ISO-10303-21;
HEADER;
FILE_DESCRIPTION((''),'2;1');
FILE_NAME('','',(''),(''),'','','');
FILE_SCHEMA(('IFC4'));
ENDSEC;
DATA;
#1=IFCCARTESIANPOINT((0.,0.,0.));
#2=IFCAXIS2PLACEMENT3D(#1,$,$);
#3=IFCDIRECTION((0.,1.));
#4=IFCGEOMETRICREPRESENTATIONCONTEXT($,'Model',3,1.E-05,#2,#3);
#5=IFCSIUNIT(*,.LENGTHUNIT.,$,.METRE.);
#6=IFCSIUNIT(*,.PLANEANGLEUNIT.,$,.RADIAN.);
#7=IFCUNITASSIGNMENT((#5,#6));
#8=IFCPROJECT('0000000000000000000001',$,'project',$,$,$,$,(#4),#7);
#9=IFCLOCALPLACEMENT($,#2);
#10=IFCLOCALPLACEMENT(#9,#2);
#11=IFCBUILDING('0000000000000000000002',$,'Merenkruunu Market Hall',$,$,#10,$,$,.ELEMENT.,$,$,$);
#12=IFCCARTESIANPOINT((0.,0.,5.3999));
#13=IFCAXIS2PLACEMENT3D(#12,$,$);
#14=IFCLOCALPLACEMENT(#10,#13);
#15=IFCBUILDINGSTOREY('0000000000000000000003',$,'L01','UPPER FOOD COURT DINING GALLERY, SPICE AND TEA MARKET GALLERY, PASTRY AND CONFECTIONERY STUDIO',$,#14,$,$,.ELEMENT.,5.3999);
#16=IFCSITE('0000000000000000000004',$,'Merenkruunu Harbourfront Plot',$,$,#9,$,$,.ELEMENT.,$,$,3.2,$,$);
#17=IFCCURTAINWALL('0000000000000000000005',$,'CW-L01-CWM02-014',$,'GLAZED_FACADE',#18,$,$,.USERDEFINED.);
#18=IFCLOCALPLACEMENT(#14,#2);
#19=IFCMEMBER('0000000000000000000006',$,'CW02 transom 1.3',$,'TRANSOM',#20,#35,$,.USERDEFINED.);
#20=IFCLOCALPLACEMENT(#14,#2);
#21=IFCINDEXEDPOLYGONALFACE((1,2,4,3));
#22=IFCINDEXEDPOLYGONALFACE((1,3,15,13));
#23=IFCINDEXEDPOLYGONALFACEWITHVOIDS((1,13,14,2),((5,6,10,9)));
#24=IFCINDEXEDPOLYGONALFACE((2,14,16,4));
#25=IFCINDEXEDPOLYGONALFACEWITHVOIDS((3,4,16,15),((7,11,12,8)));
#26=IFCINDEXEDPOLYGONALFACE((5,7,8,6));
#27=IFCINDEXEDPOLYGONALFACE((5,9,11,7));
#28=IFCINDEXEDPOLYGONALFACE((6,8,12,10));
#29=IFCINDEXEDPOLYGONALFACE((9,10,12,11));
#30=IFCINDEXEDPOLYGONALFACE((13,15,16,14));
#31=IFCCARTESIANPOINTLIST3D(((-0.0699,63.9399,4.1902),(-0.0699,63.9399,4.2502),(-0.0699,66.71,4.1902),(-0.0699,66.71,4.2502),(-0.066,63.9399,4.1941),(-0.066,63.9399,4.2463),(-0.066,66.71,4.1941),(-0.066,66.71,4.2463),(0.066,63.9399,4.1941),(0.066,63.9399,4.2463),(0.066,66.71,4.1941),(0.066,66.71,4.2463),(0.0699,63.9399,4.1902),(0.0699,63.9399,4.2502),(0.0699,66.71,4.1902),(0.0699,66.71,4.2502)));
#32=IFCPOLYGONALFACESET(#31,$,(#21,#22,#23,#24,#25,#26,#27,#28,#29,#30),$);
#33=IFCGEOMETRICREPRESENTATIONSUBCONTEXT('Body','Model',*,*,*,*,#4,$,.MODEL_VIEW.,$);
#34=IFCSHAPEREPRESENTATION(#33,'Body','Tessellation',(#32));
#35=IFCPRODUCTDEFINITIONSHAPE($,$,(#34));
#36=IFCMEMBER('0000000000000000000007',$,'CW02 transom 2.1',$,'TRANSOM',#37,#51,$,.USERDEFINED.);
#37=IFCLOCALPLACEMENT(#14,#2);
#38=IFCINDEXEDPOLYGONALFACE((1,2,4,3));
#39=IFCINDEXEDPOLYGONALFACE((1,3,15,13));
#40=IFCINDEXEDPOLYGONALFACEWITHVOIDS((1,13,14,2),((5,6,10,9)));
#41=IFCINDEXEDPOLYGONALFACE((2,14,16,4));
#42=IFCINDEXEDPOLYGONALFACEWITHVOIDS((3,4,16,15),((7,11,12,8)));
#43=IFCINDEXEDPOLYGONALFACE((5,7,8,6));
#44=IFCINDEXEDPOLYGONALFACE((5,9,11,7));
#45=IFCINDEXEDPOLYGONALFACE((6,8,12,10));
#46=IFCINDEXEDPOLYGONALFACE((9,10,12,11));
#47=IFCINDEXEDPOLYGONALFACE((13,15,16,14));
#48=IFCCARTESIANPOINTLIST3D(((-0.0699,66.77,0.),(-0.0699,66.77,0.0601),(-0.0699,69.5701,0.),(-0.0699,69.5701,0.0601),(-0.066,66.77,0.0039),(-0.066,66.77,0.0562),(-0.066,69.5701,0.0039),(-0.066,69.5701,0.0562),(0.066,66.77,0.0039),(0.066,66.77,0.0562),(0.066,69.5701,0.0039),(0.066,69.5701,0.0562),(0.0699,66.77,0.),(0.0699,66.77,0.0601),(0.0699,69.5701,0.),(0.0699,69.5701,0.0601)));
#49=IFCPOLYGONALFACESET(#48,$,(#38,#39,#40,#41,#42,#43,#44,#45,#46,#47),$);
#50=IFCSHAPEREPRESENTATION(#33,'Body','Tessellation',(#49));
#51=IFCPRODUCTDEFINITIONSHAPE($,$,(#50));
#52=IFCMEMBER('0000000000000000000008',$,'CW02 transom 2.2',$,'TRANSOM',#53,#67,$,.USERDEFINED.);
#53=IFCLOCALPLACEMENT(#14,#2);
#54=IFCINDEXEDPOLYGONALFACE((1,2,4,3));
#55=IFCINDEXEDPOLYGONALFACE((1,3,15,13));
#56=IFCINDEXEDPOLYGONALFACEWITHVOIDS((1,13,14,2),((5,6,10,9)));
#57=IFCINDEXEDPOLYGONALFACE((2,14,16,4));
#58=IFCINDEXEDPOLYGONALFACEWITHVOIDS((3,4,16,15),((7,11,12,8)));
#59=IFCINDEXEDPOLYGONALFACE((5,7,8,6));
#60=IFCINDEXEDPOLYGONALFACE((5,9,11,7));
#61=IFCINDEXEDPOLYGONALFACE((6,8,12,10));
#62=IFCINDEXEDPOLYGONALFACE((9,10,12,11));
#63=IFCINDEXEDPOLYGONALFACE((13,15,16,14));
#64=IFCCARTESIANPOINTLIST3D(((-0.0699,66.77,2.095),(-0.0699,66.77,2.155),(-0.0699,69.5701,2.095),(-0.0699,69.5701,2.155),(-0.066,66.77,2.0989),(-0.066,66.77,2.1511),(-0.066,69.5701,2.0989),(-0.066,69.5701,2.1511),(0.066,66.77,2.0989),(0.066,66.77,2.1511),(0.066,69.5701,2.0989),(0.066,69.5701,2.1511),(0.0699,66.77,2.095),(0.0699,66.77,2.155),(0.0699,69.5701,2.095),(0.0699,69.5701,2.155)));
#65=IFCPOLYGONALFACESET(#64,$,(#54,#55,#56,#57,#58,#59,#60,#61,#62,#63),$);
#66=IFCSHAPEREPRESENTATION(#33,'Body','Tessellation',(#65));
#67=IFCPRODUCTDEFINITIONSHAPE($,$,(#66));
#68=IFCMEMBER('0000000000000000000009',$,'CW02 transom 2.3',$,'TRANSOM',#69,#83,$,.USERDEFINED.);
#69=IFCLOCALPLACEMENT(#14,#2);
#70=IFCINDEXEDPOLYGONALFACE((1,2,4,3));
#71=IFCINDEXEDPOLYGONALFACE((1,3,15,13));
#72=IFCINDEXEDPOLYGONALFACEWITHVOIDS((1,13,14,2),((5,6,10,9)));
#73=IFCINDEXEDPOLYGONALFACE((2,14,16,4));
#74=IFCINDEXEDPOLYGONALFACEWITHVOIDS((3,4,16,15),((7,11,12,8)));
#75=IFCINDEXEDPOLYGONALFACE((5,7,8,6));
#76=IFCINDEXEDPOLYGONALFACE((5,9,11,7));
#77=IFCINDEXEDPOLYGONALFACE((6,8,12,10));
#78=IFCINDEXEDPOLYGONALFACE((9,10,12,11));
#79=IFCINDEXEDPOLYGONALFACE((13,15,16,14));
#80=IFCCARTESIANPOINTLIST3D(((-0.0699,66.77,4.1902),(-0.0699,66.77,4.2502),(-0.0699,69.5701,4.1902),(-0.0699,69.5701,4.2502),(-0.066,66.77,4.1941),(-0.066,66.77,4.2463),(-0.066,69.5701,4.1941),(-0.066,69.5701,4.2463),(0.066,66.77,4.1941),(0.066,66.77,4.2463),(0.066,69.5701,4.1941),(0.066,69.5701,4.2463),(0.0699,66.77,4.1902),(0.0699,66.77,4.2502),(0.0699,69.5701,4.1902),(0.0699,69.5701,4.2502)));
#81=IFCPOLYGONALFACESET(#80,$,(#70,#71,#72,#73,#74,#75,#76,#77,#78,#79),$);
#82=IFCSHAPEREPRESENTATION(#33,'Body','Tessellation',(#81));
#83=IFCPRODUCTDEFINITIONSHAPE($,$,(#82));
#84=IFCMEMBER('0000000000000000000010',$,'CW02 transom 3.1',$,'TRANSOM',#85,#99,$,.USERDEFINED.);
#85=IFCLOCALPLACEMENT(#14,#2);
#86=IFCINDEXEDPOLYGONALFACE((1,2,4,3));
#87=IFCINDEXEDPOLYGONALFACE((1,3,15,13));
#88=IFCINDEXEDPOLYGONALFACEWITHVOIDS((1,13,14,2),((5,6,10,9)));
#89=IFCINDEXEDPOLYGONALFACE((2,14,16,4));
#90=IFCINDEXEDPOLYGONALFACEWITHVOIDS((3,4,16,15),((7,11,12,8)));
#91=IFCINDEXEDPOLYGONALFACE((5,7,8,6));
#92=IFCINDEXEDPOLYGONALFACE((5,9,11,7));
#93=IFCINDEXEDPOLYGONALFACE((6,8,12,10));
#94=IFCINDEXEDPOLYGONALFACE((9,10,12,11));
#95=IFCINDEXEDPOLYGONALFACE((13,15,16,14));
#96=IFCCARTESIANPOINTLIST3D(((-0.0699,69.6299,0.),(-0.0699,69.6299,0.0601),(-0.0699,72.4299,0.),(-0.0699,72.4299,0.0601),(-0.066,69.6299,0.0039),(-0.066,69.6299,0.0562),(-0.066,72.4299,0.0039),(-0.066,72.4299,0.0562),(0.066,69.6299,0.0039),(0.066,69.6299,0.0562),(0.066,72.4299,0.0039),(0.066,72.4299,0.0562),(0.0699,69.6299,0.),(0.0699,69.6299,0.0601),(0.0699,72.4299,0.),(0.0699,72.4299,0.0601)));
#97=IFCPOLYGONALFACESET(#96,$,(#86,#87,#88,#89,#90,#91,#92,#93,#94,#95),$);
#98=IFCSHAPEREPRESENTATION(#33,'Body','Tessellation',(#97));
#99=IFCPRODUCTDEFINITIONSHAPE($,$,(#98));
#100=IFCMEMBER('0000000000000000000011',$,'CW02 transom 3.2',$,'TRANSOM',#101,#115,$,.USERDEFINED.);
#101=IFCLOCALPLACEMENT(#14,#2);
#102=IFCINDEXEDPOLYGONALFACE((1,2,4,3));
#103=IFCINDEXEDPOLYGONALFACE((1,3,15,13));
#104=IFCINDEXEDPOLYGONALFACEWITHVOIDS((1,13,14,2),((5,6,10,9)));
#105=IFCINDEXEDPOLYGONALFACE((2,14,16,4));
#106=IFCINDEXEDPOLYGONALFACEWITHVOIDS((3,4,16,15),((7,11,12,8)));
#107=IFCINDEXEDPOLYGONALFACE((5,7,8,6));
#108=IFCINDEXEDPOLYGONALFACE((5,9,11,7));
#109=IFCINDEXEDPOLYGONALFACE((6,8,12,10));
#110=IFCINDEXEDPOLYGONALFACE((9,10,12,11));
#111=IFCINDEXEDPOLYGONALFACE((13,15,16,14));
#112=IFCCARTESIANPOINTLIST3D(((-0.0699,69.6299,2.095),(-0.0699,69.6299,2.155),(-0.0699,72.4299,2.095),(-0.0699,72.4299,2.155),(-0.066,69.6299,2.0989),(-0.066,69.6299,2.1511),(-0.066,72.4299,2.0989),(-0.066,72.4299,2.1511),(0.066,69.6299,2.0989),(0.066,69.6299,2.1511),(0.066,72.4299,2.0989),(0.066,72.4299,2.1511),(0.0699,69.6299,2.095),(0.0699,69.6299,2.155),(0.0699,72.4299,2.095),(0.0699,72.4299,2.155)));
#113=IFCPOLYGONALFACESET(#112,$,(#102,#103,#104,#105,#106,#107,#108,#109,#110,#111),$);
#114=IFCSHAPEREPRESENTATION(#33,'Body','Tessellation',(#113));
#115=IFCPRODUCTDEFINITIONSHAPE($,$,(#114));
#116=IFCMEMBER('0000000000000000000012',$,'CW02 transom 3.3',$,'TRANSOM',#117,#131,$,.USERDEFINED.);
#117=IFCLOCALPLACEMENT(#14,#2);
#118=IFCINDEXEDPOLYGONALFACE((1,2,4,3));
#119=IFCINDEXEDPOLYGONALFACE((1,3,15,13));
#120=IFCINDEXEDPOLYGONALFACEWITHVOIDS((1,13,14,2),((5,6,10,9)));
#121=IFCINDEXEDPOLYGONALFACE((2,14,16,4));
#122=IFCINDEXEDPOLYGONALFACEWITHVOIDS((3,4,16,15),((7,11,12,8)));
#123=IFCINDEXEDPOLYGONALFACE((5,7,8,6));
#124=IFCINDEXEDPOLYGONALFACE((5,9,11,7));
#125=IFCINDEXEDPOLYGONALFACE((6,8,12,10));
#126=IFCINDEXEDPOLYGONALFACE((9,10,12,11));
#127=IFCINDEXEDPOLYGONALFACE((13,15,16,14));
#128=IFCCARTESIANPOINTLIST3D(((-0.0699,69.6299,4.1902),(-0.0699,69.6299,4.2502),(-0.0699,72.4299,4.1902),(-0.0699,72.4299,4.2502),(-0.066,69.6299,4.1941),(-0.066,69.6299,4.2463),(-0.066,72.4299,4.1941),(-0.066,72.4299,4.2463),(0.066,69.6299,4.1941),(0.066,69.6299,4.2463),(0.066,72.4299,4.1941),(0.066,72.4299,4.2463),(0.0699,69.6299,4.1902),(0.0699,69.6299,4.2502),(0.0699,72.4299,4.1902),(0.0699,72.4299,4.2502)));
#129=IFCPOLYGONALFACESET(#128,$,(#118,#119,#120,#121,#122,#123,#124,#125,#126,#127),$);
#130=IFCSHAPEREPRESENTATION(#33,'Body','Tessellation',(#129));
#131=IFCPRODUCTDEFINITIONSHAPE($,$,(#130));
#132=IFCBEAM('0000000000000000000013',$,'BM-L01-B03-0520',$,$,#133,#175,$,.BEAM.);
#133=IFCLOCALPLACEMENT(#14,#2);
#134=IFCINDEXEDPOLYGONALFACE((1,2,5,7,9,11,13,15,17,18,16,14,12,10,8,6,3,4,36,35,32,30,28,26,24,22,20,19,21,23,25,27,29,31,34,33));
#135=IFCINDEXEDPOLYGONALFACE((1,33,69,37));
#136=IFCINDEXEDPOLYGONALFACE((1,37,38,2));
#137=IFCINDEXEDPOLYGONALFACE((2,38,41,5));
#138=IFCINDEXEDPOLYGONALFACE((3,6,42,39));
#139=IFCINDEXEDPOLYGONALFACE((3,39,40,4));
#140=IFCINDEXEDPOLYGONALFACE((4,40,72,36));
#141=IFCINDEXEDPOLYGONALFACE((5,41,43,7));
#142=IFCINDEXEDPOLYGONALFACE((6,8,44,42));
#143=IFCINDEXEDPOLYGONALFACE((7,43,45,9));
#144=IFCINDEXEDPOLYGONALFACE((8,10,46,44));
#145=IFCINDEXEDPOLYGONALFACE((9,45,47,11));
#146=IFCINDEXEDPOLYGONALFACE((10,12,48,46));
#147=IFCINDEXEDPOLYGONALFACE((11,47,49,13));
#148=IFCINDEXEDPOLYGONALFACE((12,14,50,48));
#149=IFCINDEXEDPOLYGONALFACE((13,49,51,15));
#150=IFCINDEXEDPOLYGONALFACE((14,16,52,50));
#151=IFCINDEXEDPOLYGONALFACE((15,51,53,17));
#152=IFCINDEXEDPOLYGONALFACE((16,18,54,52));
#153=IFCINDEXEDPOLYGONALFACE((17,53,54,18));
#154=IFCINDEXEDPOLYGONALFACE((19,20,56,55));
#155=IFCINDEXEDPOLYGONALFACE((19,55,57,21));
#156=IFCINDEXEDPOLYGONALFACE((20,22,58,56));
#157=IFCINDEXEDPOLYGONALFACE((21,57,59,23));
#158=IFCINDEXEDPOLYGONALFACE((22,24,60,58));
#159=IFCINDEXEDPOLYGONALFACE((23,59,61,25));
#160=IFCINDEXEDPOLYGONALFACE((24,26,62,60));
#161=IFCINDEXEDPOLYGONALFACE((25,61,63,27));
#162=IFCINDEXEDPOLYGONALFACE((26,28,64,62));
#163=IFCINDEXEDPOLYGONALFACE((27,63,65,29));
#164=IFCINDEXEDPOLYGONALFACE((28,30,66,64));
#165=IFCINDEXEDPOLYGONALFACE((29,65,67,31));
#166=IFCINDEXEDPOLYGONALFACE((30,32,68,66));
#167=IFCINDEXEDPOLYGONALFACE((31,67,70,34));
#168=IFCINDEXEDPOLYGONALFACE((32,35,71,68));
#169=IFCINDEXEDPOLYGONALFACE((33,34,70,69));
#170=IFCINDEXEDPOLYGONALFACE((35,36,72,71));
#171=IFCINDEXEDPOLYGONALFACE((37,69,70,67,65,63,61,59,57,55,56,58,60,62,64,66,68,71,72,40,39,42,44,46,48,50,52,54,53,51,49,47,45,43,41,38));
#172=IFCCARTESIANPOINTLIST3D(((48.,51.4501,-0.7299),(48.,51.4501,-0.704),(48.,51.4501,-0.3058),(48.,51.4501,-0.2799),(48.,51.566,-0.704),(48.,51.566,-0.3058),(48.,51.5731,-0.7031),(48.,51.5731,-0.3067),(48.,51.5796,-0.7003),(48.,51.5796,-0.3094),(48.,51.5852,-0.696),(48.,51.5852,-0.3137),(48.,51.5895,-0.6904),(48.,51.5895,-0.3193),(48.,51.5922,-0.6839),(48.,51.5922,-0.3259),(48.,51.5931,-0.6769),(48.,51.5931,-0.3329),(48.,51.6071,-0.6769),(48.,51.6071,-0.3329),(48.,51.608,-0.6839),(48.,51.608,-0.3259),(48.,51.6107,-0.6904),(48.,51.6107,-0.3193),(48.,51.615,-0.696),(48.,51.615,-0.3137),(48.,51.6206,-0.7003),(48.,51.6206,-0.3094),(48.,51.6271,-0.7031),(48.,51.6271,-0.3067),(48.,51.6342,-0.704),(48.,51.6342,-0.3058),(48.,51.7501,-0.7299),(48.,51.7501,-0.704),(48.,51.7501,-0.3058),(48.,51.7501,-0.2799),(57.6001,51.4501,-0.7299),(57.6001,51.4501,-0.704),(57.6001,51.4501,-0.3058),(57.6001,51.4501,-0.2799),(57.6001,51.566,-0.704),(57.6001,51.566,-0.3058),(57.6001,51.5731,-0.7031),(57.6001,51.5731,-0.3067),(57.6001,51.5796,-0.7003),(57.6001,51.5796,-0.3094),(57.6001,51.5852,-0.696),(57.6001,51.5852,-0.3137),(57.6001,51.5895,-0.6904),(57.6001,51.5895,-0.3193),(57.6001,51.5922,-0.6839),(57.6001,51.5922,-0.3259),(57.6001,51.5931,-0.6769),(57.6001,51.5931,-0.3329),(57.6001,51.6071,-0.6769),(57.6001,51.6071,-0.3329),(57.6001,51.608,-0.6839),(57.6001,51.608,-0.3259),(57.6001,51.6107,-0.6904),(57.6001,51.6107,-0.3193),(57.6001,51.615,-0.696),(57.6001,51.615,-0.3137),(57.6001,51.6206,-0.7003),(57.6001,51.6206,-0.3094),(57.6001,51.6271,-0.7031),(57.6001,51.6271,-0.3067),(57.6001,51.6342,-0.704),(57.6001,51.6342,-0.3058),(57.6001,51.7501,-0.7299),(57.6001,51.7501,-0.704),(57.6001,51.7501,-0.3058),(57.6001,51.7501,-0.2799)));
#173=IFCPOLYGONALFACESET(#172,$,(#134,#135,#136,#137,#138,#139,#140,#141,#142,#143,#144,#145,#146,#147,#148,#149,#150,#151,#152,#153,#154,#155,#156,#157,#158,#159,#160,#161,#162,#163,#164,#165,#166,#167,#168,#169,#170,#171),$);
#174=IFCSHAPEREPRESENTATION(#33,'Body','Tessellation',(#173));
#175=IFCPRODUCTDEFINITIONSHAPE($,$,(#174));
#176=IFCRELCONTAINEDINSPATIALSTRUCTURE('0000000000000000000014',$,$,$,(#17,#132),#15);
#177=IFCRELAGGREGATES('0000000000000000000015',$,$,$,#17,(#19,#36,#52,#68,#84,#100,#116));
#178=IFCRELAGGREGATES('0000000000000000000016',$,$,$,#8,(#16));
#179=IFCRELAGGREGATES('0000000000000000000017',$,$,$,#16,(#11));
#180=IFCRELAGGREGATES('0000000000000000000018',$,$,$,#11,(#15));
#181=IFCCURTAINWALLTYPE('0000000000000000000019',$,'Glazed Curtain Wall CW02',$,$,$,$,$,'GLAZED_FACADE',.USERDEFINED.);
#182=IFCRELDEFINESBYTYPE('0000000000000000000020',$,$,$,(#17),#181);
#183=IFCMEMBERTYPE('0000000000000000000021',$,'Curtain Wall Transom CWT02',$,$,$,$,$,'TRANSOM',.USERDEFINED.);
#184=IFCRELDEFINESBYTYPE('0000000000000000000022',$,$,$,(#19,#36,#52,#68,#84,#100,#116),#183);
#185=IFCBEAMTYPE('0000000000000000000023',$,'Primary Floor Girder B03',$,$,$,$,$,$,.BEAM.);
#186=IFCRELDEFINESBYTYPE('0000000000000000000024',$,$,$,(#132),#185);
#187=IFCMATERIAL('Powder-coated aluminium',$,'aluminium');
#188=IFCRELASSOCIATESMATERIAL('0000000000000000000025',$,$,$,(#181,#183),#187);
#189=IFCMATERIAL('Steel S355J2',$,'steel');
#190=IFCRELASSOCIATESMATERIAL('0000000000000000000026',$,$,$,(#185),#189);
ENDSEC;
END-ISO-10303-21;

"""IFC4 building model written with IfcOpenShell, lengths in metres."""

from ifc_helpers import new_model, si_unit, direction, frame, origin, origin_2d, place, context, subcontext, project, spatial, hollow_rectangle, i_section, extrude, material, material_profile, profile_set, type_object, element, aggregate, save


model = new_model("IFC4")

# Units and contexts
model_context = context("Model", 3, precision=1e-05, world=origin(), true_north=direction((0.0, 1.0)))
body_context = subcontext(model_context, "Body", "Model", "MODEL_VIEW")
ifc_project = project(units=[si_unit("LENGTHUNIT", "METRE"), si_unit("PLANEANGLEUNIT", "RADIAN")], contexts=[model_context])

# Site, building, storey
site_placement = place(None, origin())
site = spatial("IfcSite", under=ifc_project, at=site_placement, Name="Merenkruunu Harbourfront Plot", CompositionType="ELEMENT", RefElevation=3.2)
building_placement = place(site_placement, origin())
building = spatial("IfcBuilding", under=site, at=building_placement, Name="Merenkruunu Market Hall", CompositionType="ELEMENT")
storey_placement = place(building_placement, frame((0.0, 0.0, 5.3999)))
storey = spatial("IfcBuildingStorey", under=building, at=storey_placement, Name="L01", Description="UPPER FOOD COURT DINING GALLERY, SPICE AND TEA MARKET GALLERY, PASTRY AND CONFECTIONERY STUDIO", CompositionType="ELEMENT", Elevation=5.3999)

# Shared definitions
ifc_material_1 = material(Name="Steel S355J2", Category="steel")

# Curtain wall, members
ifc_material_2 = material(Name="Powder-coated aluminium", Category="aluminium")
curtain_wall_type = type_object("IfcCurtainWallType", Name="Glazed Curtain Wall CW02", ElementType="GLAZED_FACADE", PredefinedType="USERDEFINED", material=ifc_material_2)
curtain_wall_placement = place(storey_placement, origin())
curtain_wall = element("IfcCurtainWall", 1, at=curtain_wall_placement, inside=storey, type_object=curtain_wall_type, Name="CW-L01-CWM02-014", ObjectType="GLAZED_FACADE", PredefinedType="USERDEFINED")
ifc_material_profile_1 = material_profile(ifc_material_2, hollow_rectangle(XDim=0.0601, YDim=0.1399, WallThickness=0.0039, at=origin_2d()), Name="ALU 60x140x4")
ifc_profile_set_1 = profile_set([ifc_material_profile_1], Name="Powder-coated aluminium")
member_type_1 = type_object("IfcMemberType", Name="Curtain Wall Transom CWT02", ElementType="TRANSOM", PredefinedType="USERDEFINED", material=ifc_profile_set_1)
member_1_placement = place(storey_placement, frame((0.0, 63.9399, 4.2202), z_axis=(0.0, 1.0, 0.0), x_axis=(0.0, 0.0, 1.0)))
member_1 = element("IfcMember", 2, at=member_1_placement, type_object=member_type_1, Name="CW02 transom 1.3", ObjectType="TRANSOM", PredefinedType="USERDEFINED", context=body_context, shape_type="SweptSolid", body=[
    extrude(hollow_rectangle(XDim=0.0601, YDim=0.1399, WallThickness=0.0039, at=origin_2d()), origin(), (0.0, 0.0, 1.0), 2.77),
])
member_2_placement = place(storey_placement, frame((0.0, 66.77, 0.03), z_axis=(0.0, 1.0, 0.0), x_axis=(0.0, 0.0, 1.0)))
member_2 = element("IfcMember", 3, at=member_2_placement, type_object=member_type_1, Name="CW02 transom 2.1", ObjectType="TRANSOM", PredefinedType="USERDEFINED", context=body_context, shape_type="SweptSolid", body=[
    extrude(hollow_rectangle(XDim=0.0601, YDim=0.1399, WallThickness=0.0039, at=origin_2d()), origin(), (0.0, 0.0, 1.0), 2.8),
])
member_3_placement = place(storey_placement, frame((0.0, 66.77, 2.125), z_axis=(0.0, 1.0, 0.0), x_axis=(0.0, 0.0, 1.0)))
member_3 = element("IfcMember", 4, at=member_3_placement, type_object=member_type_1, Name="CW02 transom 2.2", ObjectType="TRANSOM", PredefinedType="USERDEFINED", context=body_context, shape_type="SweptSolid", body=[
    extrude(hollow_rectangle(XDim=0.0601, YDim=0.1399, WallThickness=0.0039, at=origin_2d()), origin(), (0.0, 0.0, 1.0), 2.8),
])
member_4_placement = place(storey_placement, frame((0.0, 66.77, 4.2202), z_axis=(0.0, 1.0, 0.0), x_axis=(0.0, 0.0, 1.0)))
member_4 = element("IfcMember", 5, at=member_4_placement, type_object=member_type_1, Name="CW02 transom 2.3", ObjectType="TRANSOM", PredefinedType="USERDEFINED", context=body_context, shape_type="SweptSolid", body=[
    extrude(hollow_rectangle(XDim=0.0601, YDim=0.1399, WallThickness=0.0039, at=origin_2d()), origin(), (0.0, 0.0, 1.0), 2.8),
])
member_5_placement = place(storey_placement, frame((0.0, 69.6299, 0.03), z_axis=(0.0, 1.0, 0.0), x_axis=(0.0, 0.0, 1.0)))
member_5 = element("IfcMember", 6, at=member_5_placement, type_object=member_type_1, Name="CW02 transom 3.1", ObjectType="TRANSOM", PredefinedType="USERDEFINED", context=body_context, shape_type="SweptSolid", body=[
    extrude(hollow_rectangle(XDim=0.0601, YDim=0.1399, WallThickness=0.0039, at=origin_2d()), origin(), (0.0, 0.0, 1.0), 2.8),
])
member_6_placement = place(storey_placement, frame((0.0, 69.6299, 2.125), z_axis=(0.0, 1.0, 0.0), x_axis=(0.0, 0.0, 1.0)))
member_6 = element("IfcMember", 7, at=member_6_placement, type_object=member_type_1, Name="CW02 transom 3.2", ObjectType="TRANSOM", PredefinedType="USERDEFINED", context=body_context, shape_type="SweptSolid", body=[
    extrude(hollow_rectangle(XDim=0.0601, YDim=0.1399, WallThickness=0.0039, at=origin_2d()), origin(), (0.0, 0.0, 1.0), 2.8),
])
member_7_placement = place(storey_placement, frame((0.0, 69.6299, 4.2202), z_axis=(0.0, 1.0, 0.0), x_axis=(0.0, 0.0, 1.0)))
member_7 = element("IfcMember", 8, at=member_7_placement, type_object=member_type_1, Name="CW02 transom 3.3", ObjectType="TRANSOM", PredefinedType="USERDEFINED", context=body_context, shape_type="SweptSolid", body=[
    extrude(hollow_rectangle(XDim=0.0601, YDim=0.1399, WallThickness=0.0039, at=origin_2d()), origin(), (0.0, 0.0, 1.0), 2.8),
])

# Beam
ifc_material_profile_2 = material_profile(ifc_material_1, i_section(OverallWidth=0.3, OverallDepth=0.45, WebThickness=0.0139, FlangeThickness=0.0259, FilletRadius=0.0271, at=origin_2d()), Name="HEB 450")
ifc_profile_set_2 = profile_set([ifc_material_profile_2], Name="Steel S355J2")
beam_type_1 = type_object("IfcBeamType", Name="Primary Floor Girder B03", PredefinedType="BEAM", material=ifc_profile_set_2)
for number, where, z_axis, x_axis, name in (
    (9, (48.0, 51.6001, -0.5049), (1.0, 0.0, 0.0), (0.0, 1.0, 0.0), "BM-L01-B03-0520"),
):
    element("IfcBeam", number, at=place(storey_placement, frame(where, z_axis=z_axis, x_axis=x_axis)), inside=storey, type_object=beam_type_1, Name=name, PredefinedType="BEAM", context=body_context, shape_type="SweptSolid", body=[
        extrude(i_section(OverallWidth=0.3, OverallDepth=0.45, WebThickness=0.0139, FlangeThickness=0.0259, FilletRadius=0.0271, at=origin_2d()), origin(), (0.0, 0.0, 1.0), 9.6001),
    ])

aggregate(curtain_wall, [member_1, member_2, member_3, member_4, member_5, member_6, member_7])

save(model, "model.ifc")
